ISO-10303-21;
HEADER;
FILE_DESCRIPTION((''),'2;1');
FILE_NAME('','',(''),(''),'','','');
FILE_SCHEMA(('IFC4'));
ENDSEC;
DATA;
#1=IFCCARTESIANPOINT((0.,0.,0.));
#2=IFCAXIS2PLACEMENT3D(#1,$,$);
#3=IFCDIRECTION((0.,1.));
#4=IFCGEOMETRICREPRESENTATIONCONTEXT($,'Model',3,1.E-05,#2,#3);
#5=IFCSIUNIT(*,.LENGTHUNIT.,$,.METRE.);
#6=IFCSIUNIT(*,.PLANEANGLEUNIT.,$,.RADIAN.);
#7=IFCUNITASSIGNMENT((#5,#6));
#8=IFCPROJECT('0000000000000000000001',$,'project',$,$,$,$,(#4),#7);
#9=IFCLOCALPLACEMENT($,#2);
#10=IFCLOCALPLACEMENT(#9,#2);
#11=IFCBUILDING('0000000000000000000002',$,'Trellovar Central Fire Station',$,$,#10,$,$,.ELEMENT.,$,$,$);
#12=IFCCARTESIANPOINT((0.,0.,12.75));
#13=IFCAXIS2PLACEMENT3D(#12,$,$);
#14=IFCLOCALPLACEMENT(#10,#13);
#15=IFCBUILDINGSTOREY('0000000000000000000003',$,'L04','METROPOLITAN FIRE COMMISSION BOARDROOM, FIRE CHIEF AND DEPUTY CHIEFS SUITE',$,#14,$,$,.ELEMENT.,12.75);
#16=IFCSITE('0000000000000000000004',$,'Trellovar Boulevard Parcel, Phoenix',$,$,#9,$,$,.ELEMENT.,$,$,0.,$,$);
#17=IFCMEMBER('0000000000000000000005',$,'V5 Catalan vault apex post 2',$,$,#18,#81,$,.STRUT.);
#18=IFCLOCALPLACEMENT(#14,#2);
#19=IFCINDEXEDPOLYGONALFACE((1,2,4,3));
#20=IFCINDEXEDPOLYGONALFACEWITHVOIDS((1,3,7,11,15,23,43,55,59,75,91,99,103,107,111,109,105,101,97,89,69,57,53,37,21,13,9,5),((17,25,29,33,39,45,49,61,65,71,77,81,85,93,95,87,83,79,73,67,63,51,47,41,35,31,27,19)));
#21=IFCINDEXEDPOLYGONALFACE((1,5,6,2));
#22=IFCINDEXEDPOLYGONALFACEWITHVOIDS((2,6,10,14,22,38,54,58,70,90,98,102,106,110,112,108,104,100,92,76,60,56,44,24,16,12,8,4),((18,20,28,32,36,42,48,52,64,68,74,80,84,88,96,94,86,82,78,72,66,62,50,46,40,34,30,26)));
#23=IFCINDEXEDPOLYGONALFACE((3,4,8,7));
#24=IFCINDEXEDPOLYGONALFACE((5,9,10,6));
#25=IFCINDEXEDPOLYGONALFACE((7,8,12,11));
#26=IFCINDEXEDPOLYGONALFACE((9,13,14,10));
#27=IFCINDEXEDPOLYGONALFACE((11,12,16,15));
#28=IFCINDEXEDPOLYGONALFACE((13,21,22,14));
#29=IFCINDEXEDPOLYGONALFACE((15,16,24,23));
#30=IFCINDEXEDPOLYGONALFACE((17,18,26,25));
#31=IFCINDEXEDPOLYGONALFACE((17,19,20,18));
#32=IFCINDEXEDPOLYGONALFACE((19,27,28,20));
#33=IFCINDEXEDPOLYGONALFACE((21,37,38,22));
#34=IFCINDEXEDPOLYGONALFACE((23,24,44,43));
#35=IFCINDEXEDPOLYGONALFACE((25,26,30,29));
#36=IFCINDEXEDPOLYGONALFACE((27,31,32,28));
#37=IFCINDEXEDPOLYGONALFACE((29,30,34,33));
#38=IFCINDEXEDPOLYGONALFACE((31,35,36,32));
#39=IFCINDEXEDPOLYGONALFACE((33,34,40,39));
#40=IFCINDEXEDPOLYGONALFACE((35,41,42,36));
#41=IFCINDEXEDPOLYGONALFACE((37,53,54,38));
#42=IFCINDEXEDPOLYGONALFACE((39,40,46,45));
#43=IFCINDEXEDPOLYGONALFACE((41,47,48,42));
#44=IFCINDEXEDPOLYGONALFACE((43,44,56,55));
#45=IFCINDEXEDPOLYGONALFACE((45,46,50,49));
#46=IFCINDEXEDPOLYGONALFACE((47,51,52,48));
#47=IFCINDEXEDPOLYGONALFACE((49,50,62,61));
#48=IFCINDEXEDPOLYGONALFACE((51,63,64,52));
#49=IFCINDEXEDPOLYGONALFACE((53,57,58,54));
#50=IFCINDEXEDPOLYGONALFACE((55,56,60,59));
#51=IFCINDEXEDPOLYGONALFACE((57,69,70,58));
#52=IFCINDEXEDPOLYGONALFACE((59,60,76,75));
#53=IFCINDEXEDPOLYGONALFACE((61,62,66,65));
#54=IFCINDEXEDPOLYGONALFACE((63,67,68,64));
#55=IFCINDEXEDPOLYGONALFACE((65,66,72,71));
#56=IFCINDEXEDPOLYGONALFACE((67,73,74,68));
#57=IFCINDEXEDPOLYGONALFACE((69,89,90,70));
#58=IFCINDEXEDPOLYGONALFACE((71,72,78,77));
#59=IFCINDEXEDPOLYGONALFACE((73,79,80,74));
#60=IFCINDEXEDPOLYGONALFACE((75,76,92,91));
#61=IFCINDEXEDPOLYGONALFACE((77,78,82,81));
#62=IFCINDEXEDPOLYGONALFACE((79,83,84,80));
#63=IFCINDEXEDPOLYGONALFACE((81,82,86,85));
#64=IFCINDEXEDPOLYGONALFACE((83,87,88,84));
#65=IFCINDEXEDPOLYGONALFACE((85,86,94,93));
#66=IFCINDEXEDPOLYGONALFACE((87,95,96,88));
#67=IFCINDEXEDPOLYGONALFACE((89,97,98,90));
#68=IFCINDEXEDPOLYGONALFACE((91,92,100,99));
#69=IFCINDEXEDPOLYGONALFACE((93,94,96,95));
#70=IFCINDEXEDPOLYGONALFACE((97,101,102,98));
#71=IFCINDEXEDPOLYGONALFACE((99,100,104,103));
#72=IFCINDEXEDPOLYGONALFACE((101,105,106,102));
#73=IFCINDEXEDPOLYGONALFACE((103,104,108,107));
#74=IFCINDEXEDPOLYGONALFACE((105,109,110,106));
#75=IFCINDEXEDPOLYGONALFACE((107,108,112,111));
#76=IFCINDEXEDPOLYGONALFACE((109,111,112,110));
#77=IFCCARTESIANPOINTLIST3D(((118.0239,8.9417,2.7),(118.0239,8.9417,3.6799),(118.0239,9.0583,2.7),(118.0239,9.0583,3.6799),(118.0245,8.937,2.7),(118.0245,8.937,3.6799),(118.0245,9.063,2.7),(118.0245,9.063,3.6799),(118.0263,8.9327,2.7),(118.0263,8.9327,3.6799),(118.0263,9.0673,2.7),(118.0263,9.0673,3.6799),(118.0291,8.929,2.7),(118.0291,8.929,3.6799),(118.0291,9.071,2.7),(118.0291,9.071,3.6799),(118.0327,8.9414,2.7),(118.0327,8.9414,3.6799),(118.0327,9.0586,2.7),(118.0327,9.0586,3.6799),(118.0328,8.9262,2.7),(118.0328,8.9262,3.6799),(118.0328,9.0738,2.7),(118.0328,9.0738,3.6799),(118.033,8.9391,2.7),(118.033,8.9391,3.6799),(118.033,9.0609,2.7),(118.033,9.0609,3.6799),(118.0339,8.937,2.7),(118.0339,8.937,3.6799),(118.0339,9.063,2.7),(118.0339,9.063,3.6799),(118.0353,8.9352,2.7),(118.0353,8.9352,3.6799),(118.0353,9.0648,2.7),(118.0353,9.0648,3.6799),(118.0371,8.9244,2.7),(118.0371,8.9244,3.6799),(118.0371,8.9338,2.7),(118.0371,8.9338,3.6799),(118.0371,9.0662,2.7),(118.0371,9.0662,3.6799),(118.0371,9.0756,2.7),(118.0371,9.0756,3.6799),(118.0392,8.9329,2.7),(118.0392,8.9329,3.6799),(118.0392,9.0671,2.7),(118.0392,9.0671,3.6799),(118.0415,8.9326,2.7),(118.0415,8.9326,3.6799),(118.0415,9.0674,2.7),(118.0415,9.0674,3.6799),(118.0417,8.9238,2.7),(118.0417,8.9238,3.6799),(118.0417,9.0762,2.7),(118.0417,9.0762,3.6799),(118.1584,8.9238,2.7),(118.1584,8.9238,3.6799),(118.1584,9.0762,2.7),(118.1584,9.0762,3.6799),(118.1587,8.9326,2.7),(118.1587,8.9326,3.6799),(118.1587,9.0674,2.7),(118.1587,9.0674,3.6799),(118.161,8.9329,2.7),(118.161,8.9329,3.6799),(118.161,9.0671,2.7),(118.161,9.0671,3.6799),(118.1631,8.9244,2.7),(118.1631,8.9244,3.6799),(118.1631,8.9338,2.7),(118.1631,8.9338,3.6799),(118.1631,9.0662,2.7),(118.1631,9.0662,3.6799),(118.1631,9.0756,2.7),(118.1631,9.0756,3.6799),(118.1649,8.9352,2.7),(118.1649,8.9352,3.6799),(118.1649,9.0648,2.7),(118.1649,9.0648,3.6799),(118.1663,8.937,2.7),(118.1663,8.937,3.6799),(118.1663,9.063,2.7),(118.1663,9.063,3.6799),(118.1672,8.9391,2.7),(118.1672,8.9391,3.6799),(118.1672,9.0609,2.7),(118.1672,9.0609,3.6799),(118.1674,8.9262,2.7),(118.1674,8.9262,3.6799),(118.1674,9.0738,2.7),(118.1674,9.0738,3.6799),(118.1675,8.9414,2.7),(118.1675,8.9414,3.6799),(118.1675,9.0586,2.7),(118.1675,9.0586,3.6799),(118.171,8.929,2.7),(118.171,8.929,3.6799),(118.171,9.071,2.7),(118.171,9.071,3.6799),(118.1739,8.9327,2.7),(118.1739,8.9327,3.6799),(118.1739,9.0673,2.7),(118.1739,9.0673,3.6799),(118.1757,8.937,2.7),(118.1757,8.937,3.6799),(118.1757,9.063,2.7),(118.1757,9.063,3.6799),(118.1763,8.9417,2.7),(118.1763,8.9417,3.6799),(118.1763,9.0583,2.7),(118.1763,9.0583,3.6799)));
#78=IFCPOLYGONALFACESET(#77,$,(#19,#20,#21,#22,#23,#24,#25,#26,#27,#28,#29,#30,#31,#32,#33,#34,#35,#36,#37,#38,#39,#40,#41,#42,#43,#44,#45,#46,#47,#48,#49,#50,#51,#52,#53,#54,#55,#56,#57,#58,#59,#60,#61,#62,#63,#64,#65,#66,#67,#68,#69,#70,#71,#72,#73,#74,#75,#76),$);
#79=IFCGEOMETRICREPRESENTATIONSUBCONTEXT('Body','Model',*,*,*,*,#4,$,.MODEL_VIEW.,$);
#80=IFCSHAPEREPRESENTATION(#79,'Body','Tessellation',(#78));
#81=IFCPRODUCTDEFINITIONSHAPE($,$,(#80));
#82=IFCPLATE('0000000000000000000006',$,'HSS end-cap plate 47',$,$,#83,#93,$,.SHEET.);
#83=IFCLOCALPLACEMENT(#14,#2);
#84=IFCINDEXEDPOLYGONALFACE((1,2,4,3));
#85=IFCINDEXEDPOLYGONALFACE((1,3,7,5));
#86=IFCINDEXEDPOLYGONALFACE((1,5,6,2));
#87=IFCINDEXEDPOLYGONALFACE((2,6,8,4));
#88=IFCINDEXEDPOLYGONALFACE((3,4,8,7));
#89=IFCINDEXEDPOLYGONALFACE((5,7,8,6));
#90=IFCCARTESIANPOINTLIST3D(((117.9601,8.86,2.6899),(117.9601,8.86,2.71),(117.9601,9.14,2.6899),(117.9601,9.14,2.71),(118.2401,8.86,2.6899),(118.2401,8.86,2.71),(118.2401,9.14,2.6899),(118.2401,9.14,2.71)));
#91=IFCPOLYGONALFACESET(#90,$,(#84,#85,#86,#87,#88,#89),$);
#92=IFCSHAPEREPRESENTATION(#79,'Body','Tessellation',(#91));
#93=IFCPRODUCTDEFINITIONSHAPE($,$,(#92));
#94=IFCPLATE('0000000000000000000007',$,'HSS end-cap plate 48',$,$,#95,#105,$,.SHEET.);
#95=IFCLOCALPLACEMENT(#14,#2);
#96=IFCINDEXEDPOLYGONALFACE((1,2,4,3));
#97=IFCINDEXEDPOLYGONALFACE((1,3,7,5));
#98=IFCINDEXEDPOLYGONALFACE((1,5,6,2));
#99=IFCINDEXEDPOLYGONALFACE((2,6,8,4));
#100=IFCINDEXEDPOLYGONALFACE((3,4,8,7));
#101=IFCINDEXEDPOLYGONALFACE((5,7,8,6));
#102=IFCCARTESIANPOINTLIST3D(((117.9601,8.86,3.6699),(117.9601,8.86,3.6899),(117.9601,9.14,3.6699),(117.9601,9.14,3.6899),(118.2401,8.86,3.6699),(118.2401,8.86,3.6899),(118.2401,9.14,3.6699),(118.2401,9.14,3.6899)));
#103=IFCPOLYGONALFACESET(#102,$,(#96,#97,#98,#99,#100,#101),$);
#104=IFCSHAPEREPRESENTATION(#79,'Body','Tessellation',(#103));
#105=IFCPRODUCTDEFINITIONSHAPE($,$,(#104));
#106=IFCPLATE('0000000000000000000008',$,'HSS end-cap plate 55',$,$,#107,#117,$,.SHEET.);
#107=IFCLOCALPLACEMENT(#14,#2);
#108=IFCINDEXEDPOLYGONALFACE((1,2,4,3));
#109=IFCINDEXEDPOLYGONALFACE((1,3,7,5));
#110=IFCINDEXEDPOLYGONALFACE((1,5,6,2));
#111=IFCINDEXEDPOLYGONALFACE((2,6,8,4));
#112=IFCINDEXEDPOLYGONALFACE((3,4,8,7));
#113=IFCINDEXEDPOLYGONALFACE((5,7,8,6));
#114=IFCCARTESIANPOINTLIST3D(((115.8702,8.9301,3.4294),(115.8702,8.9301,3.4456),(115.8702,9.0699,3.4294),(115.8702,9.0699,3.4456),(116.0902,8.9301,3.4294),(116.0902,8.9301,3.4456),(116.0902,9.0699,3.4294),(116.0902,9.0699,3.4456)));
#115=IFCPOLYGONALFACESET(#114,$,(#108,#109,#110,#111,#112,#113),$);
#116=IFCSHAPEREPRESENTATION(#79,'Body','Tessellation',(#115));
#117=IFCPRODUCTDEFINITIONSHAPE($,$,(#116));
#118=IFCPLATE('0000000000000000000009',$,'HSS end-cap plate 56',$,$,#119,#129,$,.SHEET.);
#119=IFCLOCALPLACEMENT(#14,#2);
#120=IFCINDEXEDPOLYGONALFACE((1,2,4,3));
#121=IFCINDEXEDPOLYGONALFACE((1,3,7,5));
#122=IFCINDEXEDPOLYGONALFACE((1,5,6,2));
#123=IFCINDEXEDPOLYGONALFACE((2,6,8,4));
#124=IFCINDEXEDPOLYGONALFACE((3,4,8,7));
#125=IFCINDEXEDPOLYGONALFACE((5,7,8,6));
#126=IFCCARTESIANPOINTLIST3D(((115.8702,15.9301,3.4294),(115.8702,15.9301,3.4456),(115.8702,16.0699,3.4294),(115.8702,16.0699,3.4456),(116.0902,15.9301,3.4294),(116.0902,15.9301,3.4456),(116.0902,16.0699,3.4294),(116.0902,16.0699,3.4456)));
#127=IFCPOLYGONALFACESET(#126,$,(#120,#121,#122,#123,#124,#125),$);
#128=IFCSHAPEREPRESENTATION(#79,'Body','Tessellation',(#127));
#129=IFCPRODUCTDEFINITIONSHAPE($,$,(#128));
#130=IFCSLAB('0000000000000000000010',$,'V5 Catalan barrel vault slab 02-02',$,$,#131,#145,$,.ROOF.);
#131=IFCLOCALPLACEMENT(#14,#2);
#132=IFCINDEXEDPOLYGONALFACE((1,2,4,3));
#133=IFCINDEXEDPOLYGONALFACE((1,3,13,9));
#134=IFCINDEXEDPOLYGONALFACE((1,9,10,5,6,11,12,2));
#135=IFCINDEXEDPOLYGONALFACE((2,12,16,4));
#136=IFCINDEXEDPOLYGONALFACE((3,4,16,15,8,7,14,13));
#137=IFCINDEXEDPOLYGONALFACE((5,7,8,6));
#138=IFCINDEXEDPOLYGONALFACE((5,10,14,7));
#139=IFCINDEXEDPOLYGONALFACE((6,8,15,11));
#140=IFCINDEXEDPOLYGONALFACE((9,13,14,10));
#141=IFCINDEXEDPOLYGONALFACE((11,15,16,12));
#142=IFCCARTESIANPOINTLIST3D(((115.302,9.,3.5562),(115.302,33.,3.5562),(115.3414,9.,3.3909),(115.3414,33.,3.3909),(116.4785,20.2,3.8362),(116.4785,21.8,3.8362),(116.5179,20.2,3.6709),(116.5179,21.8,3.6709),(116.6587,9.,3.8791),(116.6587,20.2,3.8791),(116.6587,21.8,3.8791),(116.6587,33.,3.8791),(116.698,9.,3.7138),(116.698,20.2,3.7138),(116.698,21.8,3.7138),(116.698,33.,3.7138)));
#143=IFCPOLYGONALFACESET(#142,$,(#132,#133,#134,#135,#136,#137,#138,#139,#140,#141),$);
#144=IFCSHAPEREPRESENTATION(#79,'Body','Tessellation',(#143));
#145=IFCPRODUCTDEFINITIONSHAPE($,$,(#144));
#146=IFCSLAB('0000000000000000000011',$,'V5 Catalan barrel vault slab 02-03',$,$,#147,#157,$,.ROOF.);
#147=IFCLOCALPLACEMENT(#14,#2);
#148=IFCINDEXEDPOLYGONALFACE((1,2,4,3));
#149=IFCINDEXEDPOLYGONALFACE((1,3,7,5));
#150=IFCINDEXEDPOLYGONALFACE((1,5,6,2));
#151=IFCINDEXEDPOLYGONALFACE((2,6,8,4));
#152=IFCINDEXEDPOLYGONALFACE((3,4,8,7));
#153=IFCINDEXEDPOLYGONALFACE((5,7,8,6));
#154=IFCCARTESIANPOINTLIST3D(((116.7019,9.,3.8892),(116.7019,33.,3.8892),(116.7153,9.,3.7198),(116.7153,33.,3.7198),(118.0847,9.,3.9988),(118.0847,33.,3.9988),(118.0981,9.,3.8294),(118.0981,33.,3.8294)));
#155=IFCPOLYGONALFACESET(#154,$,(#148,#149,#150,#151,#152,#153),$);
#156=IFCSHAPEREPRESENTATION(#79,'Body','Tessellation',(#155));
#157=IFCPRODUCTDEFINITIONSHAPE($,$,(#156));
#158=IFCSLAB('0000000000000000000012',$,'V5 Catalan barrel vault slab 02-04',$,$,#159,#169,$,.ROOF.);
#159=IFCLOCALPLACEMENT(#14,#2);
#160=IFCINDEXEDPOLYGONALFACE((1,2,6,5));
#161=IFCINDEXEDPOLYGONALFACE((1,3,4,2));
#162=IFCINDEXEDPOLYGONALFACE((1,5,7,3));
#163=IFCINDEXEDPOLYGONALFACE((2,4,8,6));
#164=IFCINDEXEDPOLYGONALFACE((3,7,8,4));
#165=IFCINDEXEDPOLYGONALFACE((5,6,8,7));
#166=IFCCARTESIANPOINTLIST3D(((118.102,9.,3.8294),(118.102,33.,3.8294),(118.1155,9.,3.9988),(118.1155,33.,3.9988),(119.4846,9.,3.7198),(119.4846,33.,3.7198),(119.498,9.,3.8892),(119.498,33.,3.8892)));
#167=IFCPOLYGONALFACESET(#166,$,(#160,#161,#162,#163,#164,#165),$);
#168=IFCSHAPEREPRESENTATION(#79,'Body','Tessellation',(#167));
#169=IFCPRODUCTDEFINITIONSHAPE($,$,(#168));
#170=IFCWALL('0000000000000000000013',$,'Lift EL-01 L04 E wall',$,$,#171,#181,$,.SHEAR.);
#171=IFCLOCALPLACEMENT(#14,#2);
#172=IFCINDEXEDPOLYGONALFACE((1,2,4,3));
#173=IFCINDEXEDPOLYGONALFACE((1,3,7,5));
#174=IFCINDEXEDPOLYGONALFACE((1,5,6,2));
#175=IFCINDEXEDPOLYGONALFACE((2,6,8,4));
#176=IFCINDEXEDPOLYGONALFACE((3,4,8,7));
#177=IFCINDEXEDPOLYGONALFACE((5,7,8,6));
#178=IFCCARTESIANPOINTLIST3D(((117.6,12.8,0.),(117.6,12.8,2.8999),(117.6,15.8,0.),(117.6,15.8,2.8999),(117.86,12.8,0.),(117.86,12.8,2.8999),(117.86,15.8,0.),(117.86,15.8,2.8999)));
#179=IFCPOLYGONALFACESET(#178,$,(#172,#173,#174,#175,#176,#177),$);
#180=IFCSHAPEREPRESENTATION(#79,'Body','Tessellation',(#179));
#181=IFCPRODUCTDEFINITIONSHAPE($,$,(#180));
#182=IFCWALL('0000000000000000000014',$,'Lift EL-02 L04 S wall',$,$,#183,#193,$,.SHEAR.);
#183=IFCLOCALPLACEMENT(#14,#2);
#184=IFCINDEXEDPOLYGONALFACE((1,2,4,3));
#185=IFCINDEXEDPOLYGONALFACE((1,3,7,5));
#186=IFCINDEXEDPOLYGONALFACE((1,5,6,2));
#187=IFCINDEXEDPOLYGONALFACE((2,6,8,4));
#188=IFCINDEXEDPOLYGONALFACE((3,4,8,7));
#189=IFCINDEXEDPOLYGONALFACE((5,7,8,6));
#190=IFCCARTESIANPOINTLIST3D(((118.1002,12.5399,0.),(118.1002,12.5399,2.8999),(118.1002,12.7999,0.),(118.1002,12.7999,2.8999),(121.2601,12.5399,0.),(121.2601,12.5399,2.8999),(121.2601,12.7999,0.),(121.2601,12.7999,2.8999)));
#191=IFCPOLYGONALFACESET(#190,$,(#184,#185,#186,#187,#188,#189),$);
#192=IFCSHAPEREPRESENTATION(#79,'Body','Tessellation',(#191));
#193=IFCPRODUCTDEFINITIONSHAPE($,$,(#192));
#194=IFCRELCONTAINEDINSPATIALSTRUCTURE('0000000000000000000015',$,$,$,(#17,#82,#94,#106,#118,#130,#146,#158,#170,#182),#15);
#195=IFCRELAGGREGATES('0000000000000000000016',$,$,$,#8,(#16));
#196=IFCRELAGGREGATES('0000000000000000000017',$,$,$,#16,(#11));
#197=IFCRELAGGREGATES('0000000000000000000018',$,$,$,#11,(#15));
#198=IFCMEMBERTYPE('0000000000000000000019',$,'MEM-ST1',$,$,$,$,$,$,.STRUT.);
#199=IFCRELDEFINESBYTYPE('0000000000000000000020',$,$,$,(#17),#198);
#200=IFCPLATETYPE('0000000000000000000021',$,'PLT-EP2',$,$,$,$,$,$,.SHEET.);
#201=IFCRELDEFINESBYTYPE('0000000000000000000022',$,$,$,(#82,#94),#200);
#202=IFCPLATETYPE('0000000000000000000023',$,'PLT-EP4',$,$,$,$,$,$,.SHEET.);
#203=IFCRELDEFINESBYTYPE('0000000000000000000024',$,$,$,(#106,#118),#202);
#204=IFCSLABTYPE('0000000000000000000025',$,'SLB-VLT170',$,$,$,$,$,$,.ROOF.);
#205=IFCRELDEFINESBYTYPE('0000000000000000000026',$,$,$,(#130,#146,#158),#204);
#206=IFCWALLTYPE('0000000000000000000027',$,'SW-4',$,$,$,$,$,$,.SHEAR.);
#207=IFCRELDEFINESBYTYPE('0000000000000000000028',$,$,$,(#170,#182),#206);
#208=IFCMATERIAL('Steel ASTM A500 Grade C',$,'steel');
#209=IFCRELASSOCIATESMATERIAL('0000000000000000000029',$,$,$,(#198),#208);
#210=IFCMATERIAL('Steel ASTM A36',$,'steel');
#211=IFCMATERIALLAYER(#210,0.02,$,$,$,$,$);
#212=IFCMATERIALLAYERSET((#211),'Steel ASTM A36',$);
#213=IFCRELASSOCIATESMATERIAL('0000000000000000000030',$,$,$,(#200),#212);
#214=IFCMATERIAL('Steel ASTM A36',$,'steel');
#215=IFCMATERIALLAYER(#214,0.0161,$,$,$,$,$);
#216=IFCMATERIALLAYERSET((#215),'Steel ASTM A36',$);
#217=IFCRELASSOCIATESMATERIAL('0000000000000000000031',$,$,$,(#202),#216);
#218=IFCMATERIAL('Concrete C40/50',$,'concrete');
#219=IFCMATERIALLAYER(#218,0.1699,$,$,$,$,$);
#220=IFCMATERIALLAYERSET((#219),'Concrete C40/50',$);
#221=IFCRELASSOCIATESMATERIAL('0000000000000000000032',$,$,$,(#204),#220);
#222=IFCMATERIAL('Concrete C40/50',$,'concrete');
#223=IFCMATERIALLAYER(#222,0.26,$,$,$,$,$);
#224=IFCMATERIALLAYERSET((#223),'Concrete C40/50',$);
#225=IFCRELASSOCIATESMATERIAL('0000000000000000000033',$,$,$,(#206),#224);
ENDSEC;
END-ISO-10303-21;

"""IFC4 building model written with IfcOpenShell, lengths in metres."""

from ifc_helpers import new_model, si_unit, direction, frame, frame_2d, origin, origin_2d, place, context, subcontext, project, spatial, polyline, rectangle, hollow_rectangle, outline, extrude, material, layer, layer_set, material_profile, profile_set, type_object, element, save


model = new_model("IFC4")

# Units and contexts
model_context = context("Model", 3, precision=1e-05, world=origin(), true_north=direction((0.0, 1.0)))
body_context = subcontext(model_context, "Body", "Model", "MODEL_VIEW")
ifc_project = project(units=[si_unit("LENGTHUNIT", "METRE"), si_unit("PLANEANGLEUNIT", "RADIAN")], contexts=[model_context])

# Site, building, storey
site_placement = place(None, origin())
site = spatial("IfcSite", under=ifc_project, at=site_placement, Name="Trellovar Boulevard Parcel, Phoenix", CompositionType="ELEMENT", RefElevation=0.0)
building_placement = place(site_placement, origin())
building = spatial("IfcBuilding", under=site, at=building_placement, Name="Trellovar Central Fire Station", CompositionType="ELEMENT")
storey_placement = place(building_placement, frame((0.0, 0.0, 12.75)))
storey = spatial("IfcBuildingStorey", under=building, at=storey_placement, Name="L04", Description="METROPOLITAN FIRE COMMISSION BOARDROOM, FIRE CHIEF AND DEPUTY CHIEFS SUITE", CompositionType="ELEMENT", Elevation=12.75)

# Member
ifc_material_1 = material(Name="Steel ASTM A500 Grade C", Category="steel")
ifc_material_profile_1 = material_profile(ifc_material_1, hollow_rectangle(XDim=0.1523, YDim=0.1523, WallThickness=0.0088, InnerFilletRadius=0.0088, OuterFilletRadius=0.0178, at=origin_2d()), Name="HSS6X6X3/8")
ifc_profile_set_1 = profile_set([ifc_material_profile_1], Name="Steel ASTM A500 Grade C")
member_type_1 = type_object("IfcMemberType", Name="MEM-ST1", PredefinedType="STRUT", material=ifc_profile_set_1)
member_1_placement = place(storey_placement, frame((118.1001, 9.0, 2.7), z_axis=(0.0, 0.0, 1.0), x_axis=(1.0, 0.0, 0.0)))
element("IfcMember", 1, at=member_1_placement, inside=storey, type_object=member_type_1, Name="V5 Catalan vault apex post 2", PredefinedType="STRUT", context=body_context, shape_type="SweptSolid", body=[
    extrude(hollow_rectangle(XDim=0.1523, YDim=0.1523, WallThickness=0.0088, InnerFilletRadius=0.0088, OuterFilletRadius=0.0178, at=origin_2d()), origin(), (0.0, 0.0, 1.0), 0.98),
])

# Plates
ifc_material_2 = material(Name="Steel ASTM A36", Category="steel")
ifc_layer_1 = layer(ifc_material_2, 0.02)
ifc_layer_set_1 = layer_set([ifc_layer_1], Name="Steel ASTM A36")
plate_type_1 = type_object("IfcPlateType", Name="PLT-EP2", PredefinedType="SHEET", material=ifc_layer_set_1)
for number, where, z_axis, x_axis, name in (
    (2, (118.1001, 9.0, 2.6899), (0.0, 0.0, 1.0), (1.0, 0.0, 0.0), "HSS end-cap plate 47"),
    (3, (118.1001, 9.0, 3.6699), (0.0, 0.0, 1.0), (1.0, 0.0, 0.0), "HSS end-cap plate 48"),
):
    element("IfcPlate", number, at=place(storey_placement, frame(where, z_axis=z_axis, x_axis=x_axis)), inside=storey, type_object=plate_type_1, Name=name, PredefinedType="SHEET", context=body_context, shape_type="SweptSolid", body=[
        extrude(rectangle(XDim=0.28, YDim=0.28, at=origin_2d()), origin(), (0.0, 0.0, 1.0), 0.02),
    ])
ifc_material_3 = material(Name="Steel ASTM A36", Category="steel")
ifc_layer_2 = layer(ifc_material_3, 0.0161)
ifc_layer_set_2 = layer_set([ifc_layer_2], Name="Steel ASTM A36")
plate_type_2 = type_object("IfcPlateType", Name="PLT-EP4", PredefinedType="SHEET", material=ifc_layer_set_2)
for number, where, z_axis, x_axis, name in (
    (4, (115.9802, 9.0, 3.4294), (0.0, 0.0, 1.0), (1.0, 0.0, 0.0), "HSS end-cap plate 55"),
    (5, (115.9802, 16.0, 3.4294), (0.0, 0.0, 1.0), (1.0, 0.0, 0.0), "HSS end-cap plate 56"),
):
    element("IfcPlate", number, at=place(storey_placement, frame(where, z_axis=z_axis, x_axis=x_axis)), inside=storey, type_object=plate_type_2, Name=name, PredefinedType="SHEET", context=body_context, shape_type="SweptSolid", body=[
        extrude(rectangle(XDim=0.22, YDim=0.1399, at=origin_2d()), origin(), (0.0, 0.0, 1.0), 0.0161),
    ])

# Slabs
ifc_material_4 = material(Name="Concrete C40/50", Category="concrete")
ifc_layer_3 = layer(ifc_material_4, 0.1699)
ifc_layer_set_3 = layer_set([ifc_layer_3], Name="Concrete C40/50")
slab_type = type_object("IfcSlabType", Name="SLB-VLT170", PredefinedType="ROOF", material=ifc_layer_set_3)
slab_1_placement = place(storey_placement, frame((115.302, 9.0, 3.5562), z_axis=(-0.231601, 0.0, 0.972811), x_axis=(0.972811, 0.0, 0.231601)))
element("IfcSlab", 6, at=slab_1_placement, inside=storey, type_object=slab_type, Name="V5 Catalan barrel vault slab 02-02", PredefinedType="ROOF", context=body_context, shape_type="SweptSolid", body=[
    extrude(outline(polyline([(0.0, 0.0), (1.3946, 0.0), (1.3946, 11.2), (1.2094, 11.2), (1.2094, 12.8), (1.3946, 12.8), (1.3946, 24.0), (0.0, 24.0), (0.0, 0.0)])), origin(), (0.0, 0.0, -1.0), 0.1699),
])
slab_2_placement = place(storey_placement, frame((116.7019, 9.0, 3.8892), z_axis=(-0.079025, 0.0, 0.996873), x_axis=(0.996873, 0.0, 0.079025)))
element("IfcSlab", 7, at=slab_2_placement, inside=storey, type_object=slab_type, Name="V5 Catalan barrel vault slab 02-03", PredefinedType="ROOF", context=body_context, shape_type="SweptSolid", body=[
    extrude(outline(polyline([(0.0, 0.0), (1.3872, 0.0), (1.3872, 24.0), (0.0, 24.0), (0.0, 0.0)])), origin(), (0.0, 0.0, -1.0), 0.1699),
])
slab_3_placement = place(storey_placement, frame((118.1155, 9.0, 3.9988), z_axis=(0.079039, 0.0, 0.996872), x_axis=(0.996872, 0.0, -0.079039)))
element("IfcSlab", 8, at=slab_3_placement, inside=storey, type_object=slab_type, Name="V5 Catalan barrel vault slab 02-04", PredefinedType="ROOF", context=body_context, shape_type="SweptSolid", body=[
    extrude(outline(polyline([(0.0, 0.0), (1.3869, 0.0), (1.3869, 24.0), (0.0, 24.0), (0.0, 0.0)])), origin(), (0.0, 0.0, -1.0), 0.1699),
])

# Shared definitions
ifc_material_5 = material(Name="Concrete C40/50", Category="concrete")
ifc_layer_4 = layer(ifc_material_5, 0.26)
ifc_layer_set_4 = layer_set([ifc_layer_4], Name="Concrete C40/50")
wall_type = type_object("IfcWallType", Name="SW-4", PredefinedType="SHEAR", material=ifc_layer_set_4)

# Walls
wall_1_placement = place(storey_placement, frame((117.73, 12.8, 0.0), z_axis=(0.0, 0.0, 1.0), x_axis=(0.0, 1.0, 0.0)))
element("IfcWall", 9, at=wall_1_placement, inside=storey, type_object=wall_type, Name="Lift EL-01 L04 E wall", PredefinedType="SHEAR", context=body_context, shape_type="SweptSolid", body=[
    extrude(rectangle(XDim=3.0, YDim=0.26, at=frame_2d((1.5, 0.0))), origin(), (0.0, 0.0, 1.0), 2.8999),
])
wall_2_placement = place(storey_placement, frame((118.1001, 12.6699, 0.0), z_axis=(0.0, 0.0, 1.0), x_axis=(1.0, 0.0, 0.0)))
element("IfcWall", 10, at=wall_2_placement, inside=storey, type_object=wall_type, Name="Lift EL-02 L04 S wall", PredefinedType="SHEAR", context=body_context, shape_type="SweptSolid", body=[
    extrude(rectangle(XDim=3.1599, YDim=0.26, at=frame_2d((1.5801, 0.0))), origin(), (0.0, 0.0, 1.0), 2.8999),
])

save(model, "model.ifc")
